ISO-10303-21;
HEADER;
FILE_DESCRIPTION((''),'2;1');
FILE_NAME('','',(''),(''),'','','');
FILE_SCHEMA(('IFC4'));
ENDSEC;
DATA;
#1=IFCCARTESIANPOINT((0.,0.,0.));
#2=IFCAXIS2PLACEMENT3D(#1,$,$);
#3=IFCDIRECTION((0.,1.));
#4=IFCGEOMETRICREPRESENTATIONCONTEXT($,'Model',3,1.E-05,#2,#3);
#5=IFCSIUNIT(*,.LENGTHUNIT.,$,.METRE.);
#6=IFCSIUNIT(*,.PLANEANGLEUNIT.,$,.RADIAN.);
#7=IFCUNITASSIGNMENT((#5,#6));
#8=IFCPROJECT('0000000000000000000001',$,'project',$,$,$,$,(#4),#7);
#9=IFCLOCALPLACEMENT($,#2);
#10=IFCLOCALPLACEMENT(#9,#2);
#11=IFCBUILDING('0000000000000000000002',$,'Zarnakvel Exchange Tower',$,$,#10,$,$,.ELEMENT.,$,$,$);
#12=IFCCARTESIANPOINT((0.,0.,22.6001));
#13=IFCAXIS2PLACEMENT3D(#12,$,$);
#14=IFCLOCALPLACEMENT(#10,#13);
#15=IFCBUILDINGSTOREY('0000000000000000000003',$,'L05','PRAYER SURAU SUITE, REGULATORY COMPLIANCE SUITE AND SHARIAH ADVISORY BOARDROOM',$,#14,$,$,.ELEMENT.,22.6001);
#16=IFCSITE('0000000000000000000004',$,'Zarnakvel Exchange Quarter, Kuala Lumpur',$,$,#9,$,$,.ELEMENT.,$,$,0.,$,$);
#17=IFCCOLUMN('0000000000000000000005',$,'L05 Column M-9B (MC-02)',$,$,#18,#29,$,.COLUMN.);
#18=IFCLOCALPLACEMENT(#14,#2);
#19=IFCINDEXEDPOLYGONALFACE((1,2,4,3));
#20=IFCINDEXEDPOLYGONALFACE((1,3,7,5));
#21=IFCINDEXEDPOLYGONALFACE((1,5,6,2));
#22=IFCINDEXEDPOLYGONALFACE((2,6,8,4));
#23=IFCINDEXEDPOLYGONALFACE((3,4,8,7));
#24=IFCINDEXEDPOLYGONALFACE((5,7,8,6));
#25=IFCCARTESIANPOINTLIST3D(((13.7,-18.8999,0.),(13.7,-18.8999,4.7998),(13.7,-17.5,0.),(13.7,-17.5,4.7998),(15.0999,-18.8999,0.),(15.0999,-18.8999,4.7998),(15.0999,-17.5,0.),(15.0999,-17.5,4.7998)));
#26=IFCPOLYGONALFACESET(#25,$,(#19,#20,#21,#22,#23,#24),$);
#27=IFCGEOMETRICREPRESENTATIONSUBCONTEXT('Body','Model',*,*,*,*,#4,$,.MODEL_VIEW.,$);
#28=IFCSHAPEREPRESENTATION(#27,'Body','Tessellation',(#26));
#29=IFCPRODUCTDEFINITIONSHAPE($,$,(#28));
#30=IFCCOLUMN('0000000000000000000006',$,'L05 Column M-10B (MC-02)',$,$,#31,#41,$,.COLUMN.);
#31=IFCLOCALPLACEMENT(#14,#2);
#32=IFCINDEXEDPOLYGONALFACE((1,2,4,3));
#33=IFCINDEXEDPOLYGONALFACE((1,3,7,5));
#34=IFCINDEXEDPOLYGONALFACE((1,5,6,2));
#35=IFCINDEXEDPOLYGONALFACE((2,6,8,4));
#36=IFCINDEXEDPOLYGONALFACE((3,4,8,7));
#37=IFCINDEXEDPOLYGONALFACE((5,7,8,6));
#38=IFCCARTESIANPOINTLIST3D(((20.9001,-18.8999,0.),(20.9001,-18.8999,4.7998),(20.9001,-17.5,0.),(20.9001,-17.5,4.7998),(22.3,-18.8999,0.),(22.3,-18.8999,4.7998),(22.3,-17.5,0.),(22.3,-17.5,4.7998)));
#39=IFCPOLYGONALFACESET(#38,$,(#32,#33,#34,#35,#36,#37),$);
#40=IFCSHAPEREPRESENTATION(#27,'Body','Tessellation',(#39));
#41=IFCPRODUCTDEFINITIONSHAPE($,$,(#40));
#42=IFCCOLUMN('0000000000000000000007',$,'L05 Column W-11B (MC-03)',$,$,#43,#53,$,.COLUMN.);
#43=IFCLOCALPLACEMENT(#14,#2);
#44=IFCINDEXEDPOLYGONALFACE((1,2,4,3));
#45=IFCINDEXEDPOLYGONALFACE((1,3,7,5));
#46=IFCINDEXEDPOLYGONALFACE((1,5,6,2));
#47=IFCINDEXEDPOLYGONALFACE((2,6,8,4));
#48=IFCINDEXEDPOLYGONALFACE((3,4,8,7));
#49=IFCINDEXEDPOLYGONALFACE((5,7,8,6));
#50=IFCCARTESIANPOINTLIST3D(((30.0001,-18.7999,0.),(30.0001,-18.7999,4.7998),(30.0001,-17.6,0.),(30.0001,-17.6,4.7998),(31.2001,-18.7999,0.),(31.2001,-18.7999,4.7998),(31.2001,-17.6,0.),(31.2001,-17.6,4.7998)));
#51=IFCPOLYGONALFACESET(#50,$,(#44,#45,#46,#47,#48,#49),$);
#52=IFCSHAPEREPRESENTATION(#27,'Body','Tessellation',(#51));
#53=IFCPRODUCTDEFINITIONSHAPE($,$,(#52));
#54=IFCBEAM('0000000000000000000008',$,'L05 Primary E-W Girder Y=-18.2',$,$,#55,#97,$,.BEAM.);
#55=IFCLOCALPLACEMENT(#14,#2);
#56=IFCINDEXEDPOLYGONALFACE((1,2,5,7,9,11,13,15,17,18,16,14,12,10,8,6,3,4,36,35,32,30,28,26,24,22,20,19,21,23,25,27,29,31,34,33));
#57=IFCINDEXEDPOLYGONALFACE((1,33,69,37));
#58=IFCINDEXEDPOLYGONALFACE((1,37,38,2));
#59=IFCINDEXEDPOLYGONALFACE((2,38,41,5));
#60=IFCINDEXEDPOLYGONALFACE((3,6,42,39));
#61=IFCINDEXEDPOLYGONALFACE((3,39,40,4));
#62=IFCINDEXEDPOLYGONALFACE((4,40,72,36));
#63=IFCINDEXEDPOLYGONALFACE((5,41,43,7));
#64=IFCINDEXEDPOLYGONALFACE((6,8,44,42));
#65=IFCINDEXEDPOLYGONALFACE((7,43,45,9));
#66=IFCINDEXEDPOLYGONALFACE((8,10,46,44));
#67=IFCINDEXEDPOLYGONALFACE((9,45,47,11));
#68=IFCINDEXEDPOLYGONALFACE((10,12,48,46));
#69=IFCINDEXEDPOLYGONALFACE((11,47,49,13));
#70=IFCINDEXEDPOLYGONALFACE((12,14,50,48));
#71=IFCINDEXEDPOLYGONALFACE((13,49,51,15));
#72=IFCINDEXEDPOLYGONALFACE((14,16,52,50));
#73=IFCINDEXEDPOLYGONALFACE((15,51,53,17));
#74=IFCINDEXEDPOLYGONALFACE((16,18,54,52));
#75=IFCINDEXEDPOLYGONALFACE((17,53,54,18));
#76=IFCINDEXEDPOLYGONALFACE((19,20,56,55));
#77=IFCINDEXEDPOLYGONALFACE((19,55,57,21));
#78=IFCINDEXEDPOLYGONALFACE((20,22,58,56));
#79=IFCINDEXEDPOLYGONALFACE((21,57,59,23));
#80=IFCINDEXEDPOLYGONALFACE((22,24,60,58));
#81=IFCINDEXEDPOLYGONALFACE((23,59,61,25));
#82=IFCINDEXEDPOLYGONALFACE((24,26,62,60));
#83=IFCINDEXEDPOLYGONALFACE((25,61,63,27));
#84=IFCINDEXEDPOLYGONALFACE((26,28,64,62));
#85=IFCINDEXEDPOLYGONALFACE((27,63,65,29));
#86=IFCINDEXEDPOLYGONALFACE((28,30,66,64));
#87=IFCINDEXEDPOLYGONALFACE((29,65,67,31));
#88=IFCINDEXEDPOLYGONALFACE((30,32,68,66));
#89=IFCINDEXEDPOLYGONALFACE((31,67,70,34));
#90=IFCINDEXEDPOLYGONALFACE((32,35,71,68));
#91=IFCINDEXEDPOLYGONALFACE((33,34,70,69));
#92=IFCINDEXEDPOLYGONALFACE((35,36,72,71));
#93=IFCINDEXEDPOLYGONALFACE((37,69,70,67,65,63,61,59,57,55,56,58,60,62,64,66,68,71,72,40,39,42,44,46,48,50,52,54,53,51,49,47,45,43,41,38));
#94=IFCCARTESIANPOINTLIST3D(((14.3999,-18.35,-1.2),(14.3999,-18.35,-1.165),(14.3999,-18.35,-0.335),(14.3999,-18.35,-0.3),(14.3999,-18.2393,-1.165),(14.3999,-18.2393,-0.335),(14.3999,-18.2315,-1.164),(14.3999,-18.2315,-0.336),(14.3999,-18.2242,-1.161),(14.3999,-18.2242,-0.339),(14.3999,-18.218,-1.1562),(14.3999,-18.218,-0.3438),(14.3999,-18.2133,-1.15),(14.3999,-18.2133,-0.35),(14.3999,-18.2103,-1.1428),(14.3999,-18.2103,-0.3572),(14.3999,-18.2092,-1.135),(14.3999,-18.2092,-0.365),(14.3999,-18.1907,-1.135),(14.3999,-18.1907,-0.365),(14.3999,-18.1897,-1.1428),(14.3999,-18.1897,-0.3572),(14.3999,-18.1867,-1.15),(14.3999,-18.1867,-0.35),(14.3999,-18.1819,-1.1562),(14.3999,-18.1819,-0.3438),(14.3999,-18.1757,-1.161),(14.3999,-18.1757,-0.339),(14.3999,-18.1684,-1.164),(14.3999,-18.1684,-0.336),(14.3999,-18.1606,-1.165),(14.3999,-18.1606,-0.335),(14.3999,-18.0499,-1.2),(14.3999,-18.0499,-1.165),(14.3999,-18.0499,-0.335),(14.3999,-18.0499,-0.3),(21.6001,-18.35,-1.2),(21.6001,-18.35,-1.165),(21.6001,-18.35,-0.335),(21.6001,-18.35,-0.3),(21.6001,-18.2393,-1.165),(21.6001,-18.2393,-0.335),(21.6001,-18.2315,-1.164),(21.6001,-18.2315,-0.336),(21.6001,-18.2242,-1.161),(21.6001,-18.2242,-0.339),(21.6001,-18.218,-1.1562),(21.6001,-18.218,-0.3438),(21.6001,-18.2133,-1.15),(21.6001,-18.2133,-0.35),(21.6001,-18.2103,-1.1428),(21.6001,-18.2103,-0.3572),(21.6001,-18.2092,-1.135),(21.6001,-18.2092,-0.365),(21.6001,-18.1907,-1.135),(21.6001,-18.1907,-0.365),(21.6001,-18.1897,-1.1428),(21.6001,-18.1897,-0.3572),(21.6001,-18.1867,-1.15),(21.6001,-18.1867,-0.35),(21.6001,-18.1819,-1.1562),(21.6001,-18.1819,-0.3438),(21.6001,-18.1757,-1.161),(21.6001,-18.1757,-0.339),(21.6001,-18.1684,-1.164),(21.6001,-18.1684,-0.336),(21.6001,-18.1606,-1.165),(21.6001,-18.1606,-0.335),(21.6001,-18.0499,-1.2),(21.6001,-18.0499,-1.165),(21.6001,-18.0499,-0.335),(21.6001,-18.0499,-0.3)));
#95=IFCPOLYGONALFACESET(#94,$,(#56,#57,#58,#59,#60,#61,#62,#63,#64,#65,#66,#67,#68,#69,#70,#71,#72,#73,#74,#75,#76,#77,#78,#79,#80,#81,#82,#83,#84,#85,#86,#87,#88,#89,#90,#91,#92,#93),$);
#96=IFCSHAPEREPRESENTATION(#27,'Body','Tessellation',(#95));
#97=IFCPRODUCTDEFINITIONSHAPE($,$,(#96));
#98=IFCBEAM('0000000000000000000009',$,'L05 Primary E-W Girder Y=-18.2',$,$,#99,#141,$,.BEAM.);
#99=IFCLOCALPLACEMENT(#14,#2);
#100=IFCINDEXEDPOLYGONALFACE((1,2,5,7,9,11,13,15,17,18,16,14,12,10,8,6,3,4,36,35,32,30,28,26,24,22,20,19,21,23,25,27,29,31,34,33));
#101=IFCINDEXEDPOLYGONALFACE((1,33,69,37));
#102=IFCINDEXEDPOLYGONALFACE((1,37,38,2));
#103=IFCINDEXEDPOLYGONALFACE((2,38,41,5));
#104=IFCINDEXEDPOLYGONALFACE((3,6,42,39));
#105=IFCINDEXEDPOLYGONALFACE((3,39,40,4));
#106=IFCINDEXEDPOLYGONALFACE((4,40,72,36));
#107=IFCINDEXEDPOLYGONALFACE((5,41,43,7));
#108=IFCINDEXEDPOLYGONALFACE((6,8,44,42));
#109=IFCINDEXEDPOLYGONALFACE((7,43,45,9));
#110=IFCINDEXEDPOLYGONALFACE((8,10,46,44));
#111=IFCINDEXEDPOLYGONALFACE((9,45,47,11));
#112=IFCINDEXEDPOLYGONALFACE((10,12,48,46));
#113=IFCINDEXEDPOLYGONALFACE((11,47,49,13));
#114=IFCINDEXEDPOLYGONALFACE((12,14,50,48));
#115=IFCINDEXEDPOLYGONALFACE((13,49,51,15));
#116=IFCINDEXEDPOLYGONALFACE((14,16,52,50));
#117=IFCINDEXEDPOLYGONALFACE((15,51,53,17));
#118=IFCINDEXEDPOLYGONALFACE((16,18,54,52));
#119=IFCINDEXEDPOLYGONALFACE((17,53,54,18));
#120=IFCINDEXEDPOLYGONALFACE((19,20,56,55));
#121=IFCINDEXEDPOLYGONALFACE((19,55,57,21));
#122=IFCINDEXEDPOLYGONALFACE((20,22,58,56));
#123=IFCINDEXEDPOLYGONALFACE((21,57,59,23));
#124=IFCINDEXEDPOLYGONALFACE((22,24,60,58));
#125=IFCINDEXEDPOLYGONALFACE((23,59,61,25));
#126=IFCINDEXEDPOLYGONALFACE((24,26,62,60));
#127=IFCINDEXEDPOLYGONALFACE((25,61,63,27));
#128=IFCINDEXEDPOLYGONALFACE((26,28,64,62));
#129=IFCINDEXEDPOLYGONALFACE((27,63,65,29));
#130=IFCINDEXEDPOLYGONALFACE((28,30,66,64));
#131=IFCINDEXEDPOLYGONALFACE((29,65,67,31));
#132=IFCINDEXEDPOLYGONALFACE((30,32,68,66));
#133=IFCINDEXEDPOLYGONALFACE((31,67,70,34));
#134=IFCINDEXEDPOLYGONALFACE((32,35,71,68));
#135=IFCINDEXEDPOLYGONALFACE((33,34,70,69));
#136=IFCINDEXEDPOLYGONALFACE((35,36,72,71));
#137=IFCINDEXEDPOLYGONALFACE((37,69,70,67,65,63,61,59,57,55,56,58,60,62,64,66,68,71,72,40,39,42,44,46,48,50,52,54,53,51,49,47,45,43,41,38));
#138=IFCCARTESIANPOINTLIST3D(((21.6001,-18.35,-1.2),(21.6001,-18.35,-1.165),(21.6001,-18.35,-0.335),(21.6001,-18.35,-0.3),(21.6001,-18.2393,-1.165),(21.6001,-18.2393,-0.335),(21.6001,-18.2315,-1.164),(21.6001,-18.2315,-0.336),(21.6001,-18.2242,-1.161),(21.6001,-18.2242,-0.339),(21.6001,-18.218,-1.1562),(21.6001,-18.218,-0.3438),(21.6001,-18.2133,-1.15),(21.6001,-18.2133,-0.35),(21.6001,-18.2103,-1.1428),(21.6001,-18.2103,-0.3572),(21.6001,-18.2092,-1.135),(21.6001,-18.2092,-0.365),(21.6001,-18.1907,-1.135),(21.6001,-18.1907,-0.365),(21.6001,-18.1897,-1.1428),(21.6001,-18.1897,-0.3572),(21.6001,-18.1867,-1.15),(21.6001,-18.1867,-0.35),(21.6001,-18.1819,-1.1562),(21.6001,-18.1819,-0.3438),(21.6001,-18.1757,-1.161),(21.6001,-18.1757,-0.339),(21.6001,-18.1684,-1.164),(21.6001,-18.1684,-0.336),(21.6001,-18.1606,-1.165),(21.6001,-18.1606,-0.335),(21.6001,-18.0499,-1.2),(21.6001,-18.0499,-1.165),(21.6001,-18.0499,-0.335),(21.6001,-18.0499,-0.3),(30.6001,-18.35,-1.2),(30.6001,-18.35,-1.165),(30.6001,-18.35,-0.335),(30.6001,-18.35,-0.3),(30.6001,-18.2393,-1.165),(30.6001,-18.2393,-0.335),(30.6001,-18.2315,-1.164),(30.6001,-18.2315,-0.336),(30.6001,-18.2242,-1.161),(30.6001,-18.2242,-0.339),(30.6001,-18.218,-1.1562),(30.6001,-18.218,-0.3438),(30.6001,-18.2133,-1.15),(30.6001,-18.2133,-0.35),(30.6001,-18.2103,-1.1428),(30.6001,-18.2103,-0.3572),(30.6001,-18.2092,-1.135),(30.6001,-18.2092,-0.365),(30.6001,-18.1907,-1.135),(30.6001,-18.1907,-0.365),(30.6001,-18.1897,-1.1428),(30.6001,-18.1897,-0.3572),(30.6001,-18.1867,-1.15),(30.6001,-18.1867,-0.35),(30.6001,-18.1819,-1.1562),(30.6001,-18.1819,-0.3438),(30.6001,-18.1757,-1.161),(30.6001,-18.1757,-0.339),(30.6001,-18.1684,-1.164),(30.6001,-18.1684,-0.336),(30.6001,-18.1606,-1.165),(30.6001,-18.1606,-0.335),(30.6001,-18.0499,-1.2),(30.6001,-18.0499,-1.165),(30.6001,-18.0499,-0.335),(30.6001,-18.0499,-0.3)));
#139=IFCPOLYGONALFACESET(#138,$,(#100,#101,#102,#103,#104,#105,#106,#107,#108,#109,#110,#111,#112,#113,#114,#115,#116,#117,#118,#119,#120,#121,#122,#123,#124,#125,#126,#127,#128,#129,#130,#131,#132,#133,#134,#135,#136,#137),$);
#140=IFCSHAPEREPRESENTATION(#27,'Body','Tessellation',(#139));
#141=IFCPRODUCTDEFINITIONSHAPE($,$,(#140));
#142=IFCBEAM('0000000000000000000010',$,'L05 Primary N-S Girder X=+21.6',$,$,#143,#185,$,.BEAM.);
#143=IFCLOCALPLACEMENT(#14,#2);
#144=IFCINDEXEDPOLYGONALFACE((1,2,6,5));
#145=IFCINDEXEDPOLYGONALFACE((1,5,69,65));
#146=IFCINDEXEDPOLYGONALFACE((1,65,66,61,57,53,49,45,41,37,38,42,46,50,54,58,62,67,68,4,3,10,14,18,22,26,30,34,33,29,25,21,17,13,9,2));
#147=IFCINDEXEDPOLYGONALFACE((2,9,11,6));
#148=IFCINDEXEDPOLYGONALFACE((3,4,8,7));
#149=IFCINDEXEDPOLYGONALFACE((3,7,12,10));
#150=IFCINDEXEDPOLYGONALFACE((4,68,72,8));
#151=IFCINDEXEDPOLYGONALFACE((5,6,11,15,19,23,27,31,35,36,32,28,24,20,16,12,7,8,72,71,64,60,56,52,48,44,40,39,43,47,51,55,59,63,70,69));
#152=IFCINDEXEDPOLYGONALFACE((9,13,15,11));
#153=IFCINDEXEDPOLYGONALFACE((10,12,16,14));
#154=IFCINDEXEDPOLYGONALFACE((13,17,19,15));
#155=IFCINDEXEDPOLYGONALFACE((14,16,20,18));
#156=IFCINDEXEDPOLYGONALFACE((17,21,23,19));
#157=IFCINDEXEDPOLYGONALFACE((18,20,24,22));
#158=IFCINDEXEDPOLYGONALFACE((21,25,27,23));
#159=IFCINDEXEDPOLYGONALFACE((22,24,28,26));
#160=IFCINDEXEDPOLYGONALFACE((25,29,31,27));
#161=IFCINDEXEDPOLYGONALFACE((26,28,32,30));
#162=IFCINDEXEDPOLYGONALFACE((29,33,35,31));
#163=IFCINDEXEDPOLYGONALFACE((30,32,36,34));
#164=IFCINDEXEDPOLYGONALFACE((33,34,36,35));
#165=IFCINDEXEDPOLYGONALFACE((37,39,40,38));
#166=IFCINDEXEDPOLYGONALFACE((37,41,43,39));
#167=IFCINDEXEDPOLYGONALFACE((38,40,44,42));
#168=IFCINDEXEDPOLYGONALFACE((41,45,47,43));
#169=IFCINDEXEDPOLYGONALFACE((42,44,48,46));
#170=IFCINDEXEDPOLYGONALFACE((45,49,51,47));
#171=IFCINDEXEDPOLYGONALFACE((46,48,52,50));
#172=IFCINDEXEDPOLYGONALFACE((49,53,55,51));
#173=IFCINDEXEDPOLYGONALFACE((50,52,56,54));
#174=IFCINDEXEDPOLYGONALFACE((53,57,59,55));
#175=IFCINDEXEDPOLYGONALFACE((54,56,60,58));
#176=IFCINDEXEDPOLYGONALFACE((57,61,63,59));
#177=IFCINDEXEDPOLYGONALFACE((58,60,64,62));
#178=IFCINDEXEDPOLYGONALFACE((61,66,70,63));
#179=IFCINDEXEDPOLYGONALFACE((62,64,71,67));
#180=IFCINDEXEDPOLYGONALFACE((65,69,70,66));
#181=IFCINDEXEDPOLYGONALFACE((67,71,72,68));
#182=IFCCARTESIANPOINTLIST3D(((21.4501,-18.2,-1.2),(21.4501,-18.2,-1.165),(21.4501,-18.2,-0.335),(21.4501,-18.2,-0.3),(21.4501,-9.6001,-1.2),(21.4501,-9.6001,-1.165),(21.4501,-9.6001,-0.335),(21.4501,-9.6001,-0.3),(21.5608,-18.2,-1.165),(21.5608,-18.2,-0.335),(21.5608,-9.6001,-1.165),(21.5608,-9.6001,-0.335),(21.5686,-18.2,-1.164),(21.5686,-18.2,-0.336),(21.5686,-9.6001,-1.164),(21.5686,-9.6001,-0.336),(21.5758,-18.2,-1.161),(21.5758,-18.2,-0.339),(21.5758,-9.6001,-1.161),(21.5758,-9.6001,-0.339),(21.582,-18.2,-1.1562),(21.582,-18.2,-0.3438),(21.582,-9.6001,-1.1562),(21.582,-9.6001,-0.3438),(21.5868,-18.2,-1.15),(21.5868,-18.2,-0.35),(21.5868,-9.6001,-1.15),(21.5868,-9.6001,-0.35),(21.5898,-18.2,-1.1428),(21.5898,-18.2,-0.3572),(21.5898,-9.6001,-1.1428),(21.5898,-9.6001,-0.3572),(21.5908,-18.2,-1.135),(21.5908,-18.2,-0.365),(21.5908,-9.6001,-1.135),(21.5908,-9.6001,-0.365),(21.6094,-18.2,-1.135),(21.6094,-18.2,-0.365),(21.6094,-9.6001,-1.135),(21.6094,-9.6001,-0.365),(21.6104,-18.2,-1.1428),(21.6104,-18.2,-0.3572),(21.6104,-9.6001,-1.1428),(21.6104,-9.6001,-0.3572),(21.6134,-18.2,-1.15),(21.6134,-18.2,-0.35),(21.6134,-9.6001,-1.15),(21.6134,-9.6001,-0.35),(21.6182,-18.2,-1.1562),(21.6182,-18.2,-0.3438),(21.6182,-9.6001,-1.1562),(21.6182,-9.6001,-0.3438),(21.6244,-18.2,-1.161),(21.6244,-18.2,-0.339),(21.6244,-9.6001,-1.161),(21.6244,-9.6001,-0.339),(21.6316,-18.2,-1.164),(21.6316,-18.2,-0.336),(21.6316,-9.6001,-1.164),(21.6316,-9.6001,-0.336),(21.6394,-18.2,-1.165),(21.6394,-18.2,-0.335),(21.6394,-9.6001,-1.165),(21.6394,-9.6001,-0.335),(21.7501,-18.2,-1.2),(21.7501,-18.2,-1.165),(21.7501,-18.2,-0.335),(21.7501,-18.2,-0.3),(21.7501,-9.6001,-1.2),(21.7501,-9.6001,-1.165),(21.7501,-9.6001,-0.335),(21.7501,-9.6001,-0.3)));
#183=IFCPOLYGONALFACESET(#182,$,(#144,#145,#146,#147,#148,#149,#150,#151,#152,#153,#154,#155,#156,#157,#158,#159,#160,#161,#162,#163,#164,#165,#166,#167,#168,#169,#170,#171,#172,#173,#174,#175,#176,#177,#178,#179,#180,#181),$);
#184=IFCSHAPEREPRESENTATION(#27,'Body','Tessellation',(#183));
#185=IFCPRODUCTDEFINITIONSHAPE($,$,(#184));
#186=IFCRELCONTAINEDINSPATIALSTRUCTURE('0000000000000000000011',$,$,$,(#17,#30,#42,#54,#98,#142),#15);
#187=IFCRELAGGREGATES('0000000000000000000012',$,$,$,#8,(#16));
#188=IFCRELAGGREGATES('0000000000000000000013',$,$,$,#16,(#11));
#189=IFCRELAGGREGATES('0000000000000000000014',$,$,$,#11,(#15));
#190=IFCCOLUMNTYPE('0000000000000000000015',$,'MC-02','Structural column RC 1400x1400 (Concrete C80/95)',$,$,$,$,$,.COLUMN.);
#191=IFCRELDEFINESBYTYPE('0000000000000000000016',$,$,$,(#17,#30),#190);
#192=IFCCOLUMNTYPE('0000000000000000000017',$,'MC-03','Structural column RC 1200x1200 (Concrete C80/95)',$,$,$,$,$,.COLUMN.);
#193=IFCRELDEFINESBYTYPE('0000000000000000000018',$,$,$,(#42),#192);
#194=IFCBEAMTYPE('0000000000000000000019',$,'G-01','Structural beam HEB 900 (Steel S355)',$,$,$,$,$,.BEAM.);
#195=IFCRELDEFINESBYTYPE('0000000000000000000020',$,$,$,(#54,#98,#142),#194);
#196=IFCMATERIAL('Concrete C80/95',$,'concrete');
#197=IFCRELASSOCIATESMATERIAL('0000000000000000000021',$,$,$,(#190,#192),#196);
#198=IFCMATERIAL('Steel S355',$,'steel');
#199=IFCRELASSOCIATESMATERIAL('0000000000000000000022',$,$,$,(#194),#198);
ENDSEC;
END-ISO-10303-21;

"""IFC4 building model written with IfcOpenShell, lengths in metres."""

from ifc_helpers import new_model, si_unit, direction, frame, origin, origin_2d, place, context, subcontext, project, spatial, rectangle, i_section, extrude, material, material_profile, profile_set, type_object, element, save


model = new_model("IFC4")

# Units and contexts
model_context = context("Model", 3, precision=1e-05, world=origin(), true_north=direction((0.0, 1.0)))
body_context = subcontext(model_context, "Body", "Model", "MODEL_VIEW")
ifc_project = project(units=[si_unit("LENGTHUNIT", "METRE"), si_unit("PLANEANGLEUNIT", "RADIAN")], contexts=[model_context])

# Site, building, storey
site_placement = place(None, origin())
site = spatial("IfcSite", under=ifc_project, at=site_placement, Name="Zarnakvel Exchange Quarter, Kuala Lumpur", CompositionType="ELEMENT", RefElevation=0.0)
building_placement = place(site_placement, origin())
building = spatial("IfcBuilding", under=site, at=building_placement, Name="Zarnakvel Exchange Tower", CompositionType="ELEMENT")
storey_placement = place(building_placement, frame((0.0, 0.0, 22.6001)))
storey = spatial("IfcBuildingStorey", under=building, at=storey_placement, Name="L05", Description="PRAYER SURAU SUITE, REGULATORY COMPLIANCE SUITE AND SHARIAH ADVISORY BOARDROOM", CompositionType="ELEMENT", Elevation=22.6001)

# Columns
ifc_material_1 = material(Name="Concrete C80/95", Category="concrete")
ifc_material_profile_1 = material_profile(ifc_material_1, rectangle(XDim=1.3999, YDim=1.3999, at=origin_2d()))
ifc_profile_set_1 = profile_set([ifc_material_profile_1], Name="Concrete C80/95")
column_type_1 = type_object("IfcColumnType", Name="MC-02", Description="Structural column RC 1400x1400 (Concrete C80/95)", PredefinedType="COLUMN", material=ifc_profile_set_1)
for number, where, z_axis, x_axis, name in (
    (1, (14.3999, -18.2, 0.0), (0.0, 0.0, 1.0), (1.0, 0.0, 0.0), "L05 Column M-9B (MC-02)"),
    (2, (21.6001, -18.2, 0.0), (0.0, 0.0, 1.0), (1.0, 0.0, 0.0), "L05 Column M-10B (MC-02)"),
):
    element("IfcColumn", number, at=place(storey_placement, frame(where, z_axis=z_axis, x_axis=x_axis)), inside=storey, type_object=column_type_1, Name=name, PredefinedType="COLUMN", context=body_context, shape_type="SweptSolid", body=[
        extrude(rectangle(XDim=1.3999, YDim=1.3999, at=origin_2d()), origin(), (0.0, 0.0, 1.0), 4.7998),
    ])
ifc_material_profile_2 = material_profile(ifc_material_1, rectangle(XDim=1.2, YDim=1.2, at=origin_2d()))
ifc_profile_set_2 = profile_set([ifc_material_profile_2], Name="Concrete C80/95")
column_type_2 = type_object("IfcColumnType", Name="MC-03", Description="Structural column RC 1200x1200 (Concrete C80/95)", PredefinedType="COLUMN", material=ifc_profile_set_2)
column_placement = place(storey_placement, frame((30.6001, -18.2, 0.0), z_axis=(0.0, 0.0, 1.0), x_axis=(1.0, 0.0, 0.0)))
element("IfcColumn", 3, at=column_placement, inside=storey, type_object=column_type_2, Name="L05 Column W-11B (MC-03)", PredefinedType="COLUMN", context=body_context, shape_type="SweptSolid", body=[
    extrude(rectangle(XDim=1.2, YDim=1.2, at=origin_2d()), origin(), (0.0, 0.0, 1.0), 4.7998),
])

# Beams
ifc_material_2 = material(Name="Steel S355", Category="steel")
ifc_material_profile_3 = material_profile(ifc_material_2, i_section(OverallWidth=0.3, OverallDepth=0.8999, WebThickness=0.0186, FlangeThickness=0.0349, FilletRadius=0.03, at=origin_2d()))
ifc_profile_set_3 = profile_set([ifc_material_profile_3], Name="Steel S355")
beam_type_1 = type_object("IfcBeamType", Name="G-01", Description="Structural beam HEB 900 (Steel S355)", PredefinedType="BEAM", material=ifc_profile_set_3)
beam_1_placement = place(storey_placement, frame((14.3999, -18.2, -0.75), z_axis=(1.0, 0.0, 0.0), x_axis=(0.0, 1.0, 0.0)))
element("IfcBeam", 4, at=beam_1_placement, inside=storey, type_object=beam_type_1, Name="L05 Primary E-W Girder Y=-18.2", PredefinedType="BEAM", context=body_context, shape_type="SweptSolid", body=[
    extrude(i_section(OverallWidth=0.3, OverallDepth=0.8999, WebThickness=0.0186, FlangeThickness=0.0349, FilletRadius=0.03, at=origin_2d()), origin(), (0.0, 0.0, 1.0), 7.2002),
])
beam_2_placement = place(storey_placement, frame((21.6001, -18.2, -0.75), z_axis=(1.0, 0.0, 0.0), x_axis=(0.0, 1.0, 0.0)))
element("IfcBeam", 5, at=beam_2_placement, inside=storey, type_object=beam_type_1, Name="L05 Primary E-W Girder Y=-18.2", PredefinedType="BEAM", context=body_context, shape_type="SweptSolid", body=[
    extrude(i_section(OverallWidth=0.3, OverallDepth=0.8999, WebThickness=0.0186, FlangeThickness=0.0349, FilletRadius=0.03, at=origin_2d()), origin(), (0.0, 0.0, 1.0), 9.0),
])
for number, where, z_axis, x_axis, name in (
    (6, (21.6001, -18.2, -0.75), (0.0, 1.0, 0.0), (-1.0, 0.0, 0.0), "L05 Primary N-S Girder X=+21.6"),
):
    element("IfcBeam", number, at=place(storey_placement, frame(where, z_axis=z_axis, x_axis=x_axis)), inside=storey, type_object=beam_type_1, Name=name, PredefinedType="BEAM", context=body_context, shape_type="SweptSolid", body=[
        extrude(i_section(OverallWidth=0.3, OverallDepth=0.8999, WebThickness=0.0186, FlangeThickness=0.0349, FilletRadius=0.03, at=origin_2d()), origin(), (0.0, 0.0, 1.0), 8.5999),
    ])

save(model, "model.ifc")
